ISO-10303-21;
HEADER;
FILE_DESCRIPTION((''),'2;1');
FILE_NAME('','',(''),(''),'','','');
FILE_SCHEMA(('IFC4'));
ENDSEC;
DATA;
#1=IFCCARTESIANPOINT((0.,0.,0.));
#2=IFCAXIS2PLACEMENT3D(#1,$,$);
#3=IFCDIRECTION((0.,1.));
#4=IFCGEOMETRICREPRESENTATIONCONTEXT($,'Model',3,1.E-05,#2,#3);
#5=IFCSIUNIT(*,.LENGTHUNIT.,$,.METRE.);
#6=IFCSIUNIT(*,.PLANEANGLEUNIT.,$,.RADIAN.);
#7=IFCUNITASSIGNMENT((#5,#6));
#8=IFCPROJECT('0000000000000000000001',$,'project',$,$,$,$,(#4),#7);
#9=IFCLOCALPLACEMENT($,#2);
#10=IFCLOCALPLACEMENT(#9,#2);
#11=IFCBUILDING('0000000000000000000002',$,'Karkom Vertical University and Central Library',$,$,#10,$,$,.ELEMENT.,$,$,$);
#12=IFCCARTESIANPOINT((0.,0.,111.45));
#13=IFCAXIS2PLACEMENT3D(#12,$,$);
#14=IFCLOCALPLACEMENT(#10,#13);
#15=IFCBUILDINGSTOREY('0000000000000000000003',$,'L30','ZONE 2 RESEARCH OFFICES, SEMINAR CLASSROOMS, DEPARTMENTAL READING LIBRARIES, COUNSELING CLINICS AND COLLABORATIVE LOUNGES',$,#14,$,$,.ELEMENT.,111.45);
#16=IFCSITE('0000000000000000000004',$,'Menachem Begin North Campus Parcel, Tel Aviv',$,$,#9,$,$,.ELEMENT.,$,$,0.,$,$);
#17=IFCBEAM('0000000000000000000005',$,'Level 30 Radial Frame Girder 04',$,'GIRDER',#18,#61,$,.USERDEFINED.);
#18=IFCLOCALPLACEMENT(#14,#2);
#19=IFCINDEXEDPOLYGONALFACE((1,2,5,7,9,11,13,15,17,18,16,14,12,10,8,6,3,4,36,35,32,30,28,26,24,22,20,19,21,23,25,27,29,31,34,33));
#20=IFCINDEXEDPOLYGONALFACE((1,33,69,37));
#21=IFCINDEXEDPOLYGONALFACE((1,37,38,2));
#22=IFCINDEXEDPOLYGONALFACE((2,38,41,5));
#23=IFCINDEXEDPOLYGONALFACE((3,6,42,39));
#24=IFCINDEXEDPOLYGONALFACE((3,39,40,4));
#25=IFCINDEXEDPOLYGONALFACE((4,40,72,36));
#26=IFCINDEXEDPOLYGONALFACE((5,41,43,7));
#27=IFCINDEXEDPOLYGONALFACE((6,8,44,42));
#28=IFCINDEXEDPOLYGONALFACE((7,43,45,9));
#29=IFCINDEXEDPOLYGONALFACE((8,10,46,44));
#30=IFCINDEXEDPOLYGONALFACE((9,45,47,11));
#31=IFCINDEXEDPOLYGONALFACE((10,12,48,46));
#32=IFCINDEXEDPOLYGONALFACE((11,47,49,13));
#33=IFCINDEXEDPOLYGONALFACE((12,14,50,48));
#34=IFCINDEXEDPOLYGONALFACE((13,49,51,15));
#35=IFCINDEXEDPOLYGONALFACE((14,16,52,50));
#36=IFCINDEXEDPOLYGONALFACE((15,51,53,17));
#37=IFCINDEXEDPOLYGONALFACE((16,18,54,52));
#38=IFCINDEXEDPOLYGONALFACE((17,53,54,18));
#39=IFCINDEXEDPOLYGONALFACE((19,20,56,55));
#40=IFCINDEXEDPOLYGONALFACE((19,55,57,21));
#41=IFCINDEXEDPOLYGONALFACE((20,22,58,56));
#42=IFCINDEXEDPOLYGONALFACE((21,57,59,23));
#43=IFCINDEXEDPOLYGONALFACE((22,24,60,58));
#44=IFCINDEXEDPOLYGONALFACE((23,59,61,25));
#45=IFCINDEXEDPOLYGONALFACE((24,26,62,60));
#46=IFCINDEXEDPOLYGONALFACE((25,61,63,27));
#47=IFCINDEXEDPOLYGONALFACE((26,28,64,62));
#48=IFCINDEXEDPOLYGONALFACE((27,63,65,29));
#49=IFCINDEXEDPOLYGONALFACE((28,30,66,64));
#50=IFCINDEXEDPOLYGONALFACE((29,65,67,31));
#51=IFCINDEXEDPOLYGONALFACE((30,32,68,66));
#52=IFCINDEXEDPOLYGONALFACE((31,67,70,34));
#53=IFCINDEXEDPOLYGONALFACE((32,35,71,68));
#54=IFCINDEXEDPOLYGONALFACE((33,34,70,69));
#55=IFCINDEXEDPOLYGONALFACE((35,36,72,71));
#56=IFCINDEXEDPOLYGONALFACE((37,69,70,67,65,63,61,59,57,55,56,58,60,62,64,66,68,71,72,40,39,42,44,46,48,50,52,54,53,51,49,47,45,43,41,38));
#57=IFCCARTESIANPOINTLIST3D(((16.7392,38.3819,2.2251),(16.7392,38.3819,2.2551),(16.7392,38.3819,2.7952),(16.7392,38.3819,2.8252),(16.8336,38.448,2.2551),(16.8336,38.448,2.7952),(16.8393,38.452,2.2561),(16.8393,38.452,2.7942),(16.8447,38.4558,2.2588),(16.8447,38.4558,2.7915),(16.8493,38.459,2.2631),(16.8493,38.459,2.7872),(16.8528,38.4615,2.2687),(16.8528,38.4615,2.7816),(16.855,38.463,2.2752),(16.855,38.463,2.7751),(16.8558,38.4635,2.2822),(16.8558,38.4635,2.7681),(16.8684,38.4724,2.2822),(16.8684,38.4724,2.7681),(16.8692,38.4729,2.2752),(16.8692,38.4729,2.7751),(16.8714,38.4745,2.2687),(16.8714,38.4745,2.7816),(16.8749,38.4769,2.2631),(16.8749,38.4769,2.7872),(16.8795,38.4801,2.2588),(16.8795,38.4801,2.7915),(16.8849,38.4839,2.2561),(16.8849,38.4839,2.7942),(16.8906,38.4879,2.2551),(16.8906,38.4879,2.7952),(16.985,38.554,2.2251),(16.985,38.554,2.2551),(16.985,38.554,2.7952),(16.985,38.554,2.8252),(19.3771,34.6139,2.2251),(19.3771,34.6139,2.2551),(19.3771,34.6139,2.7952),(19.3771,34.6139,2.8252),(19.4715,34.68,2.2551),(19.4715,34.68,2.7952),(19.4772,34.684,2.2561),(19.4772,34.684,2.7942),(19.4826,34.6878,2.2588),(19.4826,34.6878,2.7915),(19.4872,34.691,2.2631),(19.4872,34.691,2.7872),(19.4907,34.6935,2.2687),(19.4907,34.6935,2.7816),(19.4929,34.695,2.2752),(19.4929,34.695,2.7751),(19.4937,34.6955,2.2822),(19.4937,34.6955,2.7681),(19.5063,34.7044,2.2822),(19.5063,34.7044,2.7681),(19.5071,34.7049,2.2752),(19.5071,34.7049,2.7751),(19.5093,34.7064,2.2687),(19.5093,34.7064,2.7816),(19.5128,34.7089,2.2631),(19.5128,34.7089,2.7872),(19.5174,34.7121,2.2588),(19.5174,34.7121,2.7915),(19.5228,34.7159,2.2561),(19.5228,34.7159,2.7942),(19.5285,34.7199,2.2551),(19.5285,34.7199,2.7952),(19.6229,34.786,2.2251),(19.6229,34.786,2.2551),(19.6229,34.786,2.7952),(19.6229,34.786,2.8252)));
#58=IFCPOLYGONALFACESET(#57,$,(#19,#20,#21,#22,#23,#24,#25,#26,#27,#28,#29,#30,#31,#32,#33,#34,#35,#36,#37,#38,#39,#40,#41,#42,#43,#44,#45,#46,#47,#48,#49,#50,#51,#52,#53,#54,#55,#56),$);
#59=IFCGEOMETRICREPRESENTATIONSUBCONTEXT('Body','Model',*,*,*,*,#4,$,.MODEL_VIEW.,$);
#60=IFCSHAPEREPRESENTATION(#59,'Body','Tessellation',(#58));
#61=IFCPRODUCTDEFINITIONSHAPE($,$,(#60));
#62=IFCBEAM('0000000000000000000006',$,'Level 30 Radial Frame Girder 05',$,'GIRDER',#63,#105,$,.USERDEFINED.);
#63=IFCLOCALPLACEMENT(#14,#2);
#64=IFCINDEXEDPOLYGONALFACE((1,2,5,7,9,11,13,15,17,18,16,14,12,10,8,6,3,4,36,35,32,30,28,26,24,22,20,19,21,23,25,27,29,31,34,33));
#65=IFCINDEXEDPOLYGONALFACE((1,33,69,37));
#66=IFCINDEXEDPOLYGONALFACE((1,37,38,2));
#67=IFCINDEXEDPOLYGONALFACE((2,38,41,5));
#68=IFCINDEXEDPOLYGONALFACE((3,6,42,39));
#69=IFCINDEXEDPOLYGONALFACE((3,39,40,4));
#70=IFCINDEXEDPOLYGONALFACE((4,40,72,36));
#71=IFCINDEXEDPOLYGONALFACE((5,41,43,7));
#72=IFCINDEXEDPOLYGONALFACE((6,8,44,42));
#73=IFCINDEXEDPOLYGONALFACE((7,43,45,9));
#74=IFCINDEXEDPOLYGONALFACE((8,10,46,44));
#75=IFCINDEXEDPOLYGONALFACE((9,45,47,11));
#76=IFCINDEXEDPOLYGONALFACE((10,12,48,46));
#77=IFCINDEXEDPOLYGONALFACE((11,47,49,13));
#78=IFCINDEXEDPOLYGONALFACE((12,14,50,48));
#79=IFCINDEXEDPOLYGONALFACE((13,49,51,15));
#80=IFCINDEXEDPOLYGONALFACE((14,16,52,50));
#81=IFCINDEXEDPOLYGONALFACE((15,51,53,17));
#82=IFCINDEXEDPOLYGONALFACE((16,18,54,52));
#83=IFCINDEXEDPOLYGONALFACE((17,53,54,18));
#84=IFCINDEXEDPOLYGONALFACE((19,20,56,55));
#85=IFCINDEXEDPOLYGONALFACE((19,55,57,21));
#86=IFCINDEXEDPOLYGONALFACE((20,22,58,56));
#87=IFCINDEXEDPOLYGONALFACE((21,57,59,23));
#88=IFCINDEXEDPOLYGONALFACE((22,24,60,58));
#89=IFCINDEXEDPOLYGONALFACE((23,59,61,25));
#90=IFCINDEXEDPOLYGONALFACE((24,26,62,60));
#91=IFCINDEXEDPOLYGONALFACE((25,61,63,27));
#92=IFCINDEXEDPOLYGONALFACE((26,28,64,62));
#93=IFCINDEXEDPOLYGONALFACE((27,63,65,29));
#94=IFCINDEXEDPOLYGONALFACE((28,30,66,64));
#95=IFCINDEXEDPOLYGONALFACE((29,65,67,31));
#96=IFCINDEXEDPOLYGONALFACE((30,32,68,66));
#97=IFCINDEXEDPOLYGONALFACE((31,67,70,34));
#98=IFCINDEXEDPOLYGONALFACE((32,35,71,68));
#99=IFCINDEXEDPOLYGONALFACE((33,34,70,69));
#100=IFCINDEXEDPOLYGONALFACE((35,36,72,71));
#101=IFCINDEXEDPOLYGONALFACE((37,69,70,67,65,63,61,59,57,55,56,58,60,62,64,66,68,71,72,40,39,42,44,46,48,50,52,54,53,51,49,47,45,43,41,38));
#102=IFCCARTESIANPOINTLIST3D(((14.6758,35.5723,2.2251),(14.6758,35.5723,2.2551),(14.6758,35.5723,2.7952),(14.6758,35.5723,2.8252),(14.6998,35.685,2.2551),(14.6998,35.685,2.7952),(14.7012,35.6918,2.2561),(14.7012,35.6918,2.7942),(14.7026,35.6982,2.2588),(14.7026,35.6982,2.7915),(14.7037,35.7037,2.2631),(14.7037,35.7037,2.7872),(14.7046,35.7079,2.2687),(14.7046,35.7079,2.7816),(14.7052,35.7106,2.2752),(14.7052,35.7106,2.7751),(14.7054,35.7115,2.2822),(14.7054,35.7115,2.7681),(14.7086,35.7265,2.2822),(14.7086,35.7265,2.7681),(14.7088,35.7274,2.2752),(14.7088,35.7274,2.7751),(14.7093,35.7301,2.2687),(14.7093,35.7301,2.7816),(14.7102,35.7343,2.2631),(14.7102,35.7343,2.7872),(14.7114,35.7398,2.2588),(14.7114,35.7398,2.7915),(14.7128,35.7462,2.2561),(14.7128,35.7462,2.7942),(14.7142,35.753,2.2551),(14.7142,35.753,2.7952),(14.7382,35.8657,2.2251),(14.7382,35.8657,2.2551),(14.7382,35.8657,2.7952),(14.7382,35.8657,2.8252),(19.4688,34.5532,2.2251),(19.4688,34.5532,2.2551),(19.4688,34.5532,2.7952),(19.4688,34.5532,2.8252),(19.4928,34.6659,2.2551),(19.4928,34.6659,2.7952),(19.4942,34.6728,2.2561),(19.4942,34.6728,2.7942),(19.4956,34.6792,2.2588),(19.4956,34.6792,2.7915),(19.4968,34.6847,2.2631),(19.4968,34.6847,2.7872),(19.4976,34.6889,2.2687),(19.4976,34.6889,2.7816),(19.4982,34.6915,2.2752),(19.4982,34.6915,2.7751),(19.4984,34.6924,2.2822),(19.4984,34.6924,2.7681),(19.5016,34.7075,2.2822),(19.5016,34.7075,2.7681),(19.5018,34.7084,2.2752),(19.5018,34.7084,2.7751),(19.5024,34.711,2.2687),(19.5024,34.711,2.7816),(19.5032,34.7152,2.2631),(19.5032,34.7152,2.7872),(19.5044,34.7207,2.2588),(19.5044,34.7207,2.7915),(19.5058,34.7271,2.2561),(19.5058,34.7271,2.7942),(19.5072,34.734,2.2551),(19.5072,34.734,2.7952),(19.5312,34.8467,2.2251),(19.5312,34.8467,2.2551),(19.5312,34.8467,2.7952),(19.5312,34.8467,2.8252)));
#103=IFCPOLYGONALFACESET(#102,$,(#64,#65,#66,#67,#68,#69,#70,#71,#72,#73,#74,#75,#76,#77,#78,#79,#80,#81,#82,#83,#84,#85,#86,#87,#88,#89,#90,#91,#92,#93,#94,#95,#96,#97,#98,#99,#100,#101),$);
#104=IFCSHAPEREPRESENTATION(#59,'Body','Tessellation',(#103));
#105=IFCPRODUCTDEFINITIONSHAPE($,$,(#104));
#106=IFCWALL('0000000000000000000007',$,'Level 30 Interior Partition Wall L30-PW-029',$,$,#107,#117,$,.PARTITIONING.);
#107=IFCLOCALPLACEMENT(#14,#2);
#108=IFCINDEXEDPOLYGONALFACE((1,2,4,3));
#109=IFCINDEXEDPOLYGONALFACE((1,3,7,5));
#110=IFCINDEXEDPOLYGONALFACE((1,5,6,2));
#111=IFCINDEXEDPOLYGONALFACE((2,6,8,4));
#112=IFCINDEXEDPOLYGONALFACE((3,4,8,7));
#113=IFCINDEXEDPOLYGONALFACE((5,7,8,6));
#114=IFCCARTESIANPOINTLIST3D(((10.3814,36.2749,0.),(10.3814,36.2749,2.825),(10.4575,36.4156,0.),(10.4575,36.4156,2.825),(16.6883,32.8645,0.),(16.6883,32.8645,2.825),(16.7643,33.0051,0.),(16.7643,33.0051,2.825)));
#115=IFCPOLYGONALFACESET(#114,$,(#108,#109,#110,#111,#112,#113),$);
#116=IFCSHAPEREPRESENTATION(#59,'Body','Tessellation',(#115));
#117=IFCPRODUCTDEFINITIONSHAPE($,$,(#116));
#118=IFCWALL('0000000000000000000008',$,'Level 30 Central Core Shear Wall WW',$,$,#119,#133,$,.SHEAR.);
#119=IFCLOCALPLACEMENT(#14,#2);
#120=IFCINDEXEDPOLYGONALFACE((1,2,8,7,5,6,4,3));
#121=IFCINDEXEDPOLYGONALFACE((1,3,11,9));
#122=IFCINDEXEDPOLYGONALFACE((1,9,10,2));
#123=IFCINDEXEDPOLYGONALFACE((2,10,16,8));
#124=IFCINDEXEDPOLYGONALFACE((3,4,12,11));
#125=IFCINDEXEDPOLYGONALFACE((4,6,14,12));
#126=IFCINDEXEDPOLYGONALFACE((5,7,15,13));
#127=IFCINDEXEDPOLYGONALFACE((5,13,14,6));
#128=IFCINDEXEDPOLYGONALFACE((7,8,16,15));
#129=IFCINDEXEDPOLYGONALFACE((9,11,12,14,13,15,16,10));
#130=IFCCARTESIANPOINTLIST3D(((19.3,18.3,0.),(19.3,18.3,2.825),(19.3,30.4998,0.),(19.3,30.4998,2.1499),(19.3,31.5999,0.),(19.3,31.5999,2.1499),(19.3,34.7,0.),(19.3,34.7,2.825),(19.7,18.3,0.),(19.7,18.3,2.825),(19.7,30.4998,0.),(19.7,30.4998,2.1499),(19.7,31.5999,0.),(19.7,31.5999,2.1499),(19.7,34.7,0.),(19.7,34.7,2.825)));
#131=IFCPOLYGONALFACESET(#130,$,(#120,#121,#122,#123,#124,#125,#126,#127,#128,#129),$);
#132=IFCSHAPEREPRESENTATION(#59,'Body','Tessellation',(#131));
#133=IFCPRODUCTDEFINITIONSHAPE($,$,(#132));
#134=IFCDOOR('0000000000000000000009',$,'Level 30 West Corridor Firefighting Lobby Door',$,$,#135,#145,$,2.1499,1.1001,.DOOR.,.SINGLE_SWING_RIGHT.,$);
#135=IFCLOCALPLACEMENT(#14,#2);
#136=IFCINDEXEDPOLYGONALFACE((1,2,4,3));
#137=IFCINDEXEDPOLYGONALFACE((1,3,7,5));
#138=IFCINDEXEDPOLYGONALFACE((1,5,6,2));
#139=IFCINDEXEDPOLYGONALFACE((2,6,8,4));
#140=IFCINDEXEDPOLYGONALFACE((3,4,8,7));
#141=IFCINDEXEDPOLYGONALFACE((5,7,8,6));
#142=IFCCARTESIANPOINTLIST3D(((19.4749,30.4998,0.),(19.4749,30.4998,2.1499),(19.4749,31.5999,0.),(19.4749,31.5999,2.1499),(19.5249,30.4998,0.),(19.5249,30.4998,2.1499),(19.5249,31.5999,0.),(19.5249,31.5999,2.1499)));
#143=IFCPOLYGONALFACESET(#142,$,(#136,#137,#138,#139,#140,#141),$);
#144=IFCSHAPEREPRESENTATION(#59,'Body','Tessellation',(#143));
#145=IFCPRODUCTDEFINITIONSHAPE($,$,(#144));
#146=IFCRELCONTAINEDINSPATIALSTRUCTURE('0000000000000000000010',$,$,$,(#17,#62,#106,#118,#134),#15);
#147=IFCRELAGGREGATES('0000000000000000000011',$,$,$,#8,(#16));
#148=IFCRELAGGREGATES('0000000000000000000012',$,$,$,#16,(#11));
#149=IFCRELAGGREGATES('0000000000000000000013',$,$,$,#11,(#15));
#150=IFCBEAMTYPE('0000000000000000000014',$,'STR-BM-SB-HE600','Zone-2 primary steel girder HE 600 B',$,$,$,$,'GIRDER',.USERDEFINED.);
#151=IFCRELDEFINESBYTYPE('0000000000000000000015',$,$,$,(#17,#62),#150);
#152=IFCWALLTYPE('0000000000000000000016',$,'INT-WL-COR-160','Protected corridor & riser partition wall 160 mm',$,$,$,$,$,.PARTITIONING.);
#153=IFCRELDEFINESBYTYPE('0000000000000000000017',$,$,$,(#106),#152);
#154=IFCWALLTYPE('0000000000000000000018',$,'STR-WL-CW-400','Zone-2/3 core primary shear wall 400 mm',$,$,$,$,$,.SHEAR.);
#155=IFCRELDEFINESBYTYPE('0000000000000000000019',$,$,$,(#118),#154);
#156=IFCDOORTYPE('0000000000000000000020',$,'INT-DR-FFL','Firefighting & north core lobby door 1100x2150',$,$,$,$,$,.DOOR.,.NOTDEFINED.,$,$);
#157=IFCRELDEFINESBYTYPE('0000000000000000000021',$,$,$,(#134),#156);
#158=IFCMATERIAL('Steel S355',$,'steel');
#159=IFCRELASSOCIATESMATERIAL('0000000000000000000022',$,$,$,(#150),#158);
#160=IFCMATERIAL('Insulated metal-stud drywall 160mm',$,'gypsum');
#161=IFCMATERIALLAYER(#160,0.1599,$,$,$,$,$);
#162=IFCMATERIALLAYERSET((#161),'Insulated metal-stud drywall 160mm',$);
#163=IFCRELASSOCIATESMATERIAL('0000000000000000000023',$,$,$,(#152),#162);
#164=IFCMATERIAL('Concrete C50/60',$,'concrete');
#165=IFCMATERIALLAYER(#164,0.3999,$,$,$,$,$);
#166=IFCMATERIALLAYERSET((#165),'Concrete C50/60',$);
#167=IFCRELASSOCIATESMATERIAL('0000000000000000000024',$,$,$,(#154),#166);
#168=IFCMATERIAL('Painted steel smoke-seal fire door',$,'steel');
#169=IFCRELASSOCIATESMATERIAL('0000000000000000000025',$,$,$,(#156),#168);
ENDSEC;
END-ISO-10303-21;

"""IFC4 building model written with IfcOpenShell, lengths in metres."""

from ifc_helpers import new_model, si_unit, direction, frame, frame_2d, origin, origin_with_axes, origin_2d, place, context, subcontext, project, spatial, rectangle, i_section, extrude, source, transform, mapped, material, layer, layer_set, material_profile, profile_set, type_object, element, fill, save


model = new_model("IFC4")

# Units and contexts
model_context = context("Model", 3, precision=1e-05, world=origin(), true_north=direction((0.0, 1.0)))
body_context = subcontext(model_context, "Body", "Model", "MODEL_VIEW")
ifc_project = project(units=[si_unit("LENGTHUNIT", "METRE"), si_unit("PLANEANGLEUNIT", "RADIAN")], contexts=[model_context])

# Site, building, storey
site_placement = place(None, origin())
site = spatial("IfcSite", under=ifc_project, at=site_placement, Name="Menachem Begin North Campus Parcel, Tel Aviv", CompositionType="ELEMENT", RefElevation=0.0)
building_placement = place(site_placement, origin())
building = spatial("IfcBuilding", under=site, at=building_placement, Name="Karkom Vertical University and Central Library", CompositionType="ELEMENT")
storey_placement = place(building_placement, frame((0.0, 0.0, 111.45)))
storey = spatial("IfcBuildingStorey", under=building, at=storey_placement, Name="L30", Description="ZONE 2 RESEARCH OFFICES, SEMINAR CLASSROOMS, DEPARTMENTAL READING LIBRARIES, COUNSELING CLINICS AND COLLABORATIVE LOUNGES", CompositionType="ELEMENT", Elevation=111.45)

# Shared definitions
ifc_material_1 = material(Name="Concrete C50/60", Category="concrete")

# Beams
ifc_material_2 = material(Name="Steel S355", Category="steel")
ifc_material_profile_1 = material_profile(ifc_material_2, i_section(OverallWidth=0.3, OverallDepth=0.6001, WebThickness=0.0154, FlangeThickness=0.03, FilletRadius=0.0271, at=origin_2d()), Name="HE 600 B")
ifc_profile_set_1 = profile_set([ifc_material_profile_1], Name="Steel S355")
beam_type_1 = type_object("IfcBeamType", Name="STR-BM-SB-HE600", Description="Zone-2 primary steel girder HE 600 B", ElementType="GIRDER", PredefinedType="USERDEFINED", material=ifc_profile_set_1)
shared_shape_1 = source(origin_with_axes(), body_context, "Body", "SweptSolid", [
    extrude(i_section(OverallWidth=0.3, OverallDepth=0.6001, WebThickness=0.0154, FlangeThickness=0.03, FilletRadius=0.0271, at=origin_2d()), origin(), (0.0, 0.0, 1.0), 4.5996),
])
beam_1_placement = place(storey_placement, frame((19.5, 34.7, 2.5251), z_axis=(-0.573505, 0.819202, 0.0), x_axis=(-0.819202, -0.573505, 0.0)))
element("IfcBeam", 1, at=beam_1_placement, inside=storey, type_object=beam_type_1, Name="Level 30 Radial Frame Girder 04", ObjectType="GIRDER", PredefinedType="USERDEFINED", context=body_context, shape_type="MappedRepresentation", body=[
    mapped(shared_shape_1, transform((0.0, 0.0, 0.0), scale=1.0)),
])
shared_shape_2 = source(origin_with_axes(), body_context, "Body", "SweptSolid", [
    extrude(i_section(OverallWidth=0.3, OverallDepth=0.6001, WebThickness=0.0154, FlangeThickness=0.03, FilletRadius=0.0271, at=origin_2d()), origin(), (0.0, 0.0, 1.0), 4.9001),
])
beam_2_placement = place(storey_placement, frame((19.5, 34.7, 2.5251), z_axis=(-0.978137, 0.207964, 0.0), x_axis=(-0.207964, -0.978137, 0.0)))
element("IfcBeam", 2, at=beam_2_placement, inside=storey, type_object=beam_type_1, Name="Level 30 Radial Frame Girder 05", ObjectType="GIRDER", PredefinedType="USERDEFINED", context=body_context, shape_type="MappedRepresentation", body=[
    mapped(shared_shape_2, transform((0.0, 0.0, 0.0), scale=1.0)),
])

# Wall
ifc_material_3 = material(Name="Insulated metal-stud drywall 160mm", Category="gypsum")
ifc_layer_1 = layer(ifc_material_3, 0.1599)
ifc_layer_set_1 = layer_set([ifc_layer_1], Name="Insulated metal-stud drywall 160mm")
wall_type_1 = type_object("IfcWallType", Name="INT-WL-COR-160", Description="Protected corridor & riser partition wall 160 mm", PredefinedType="PARTITIONING", material=ifc_layer_set_1)
wall_1_placement = place(storey_placement, frame((16.7263, 32.9348, 0.0), z_axis=(0.0, 0.0, 1.0), x_axis=(-0.879632, 0.475654, 0.0)))
element("IfcWall", 3, at=wall_1_placement, inside=storey, type_object=wall_type_1, Name="Level 30 Interior Partition Wall L30-PW-029", PredefinedType="PARTITIONING", context=body_context, shape_type="SweptSolid", body=[
    extrude(rectangle(XDim=7.1699, YDim=0.1599, at=frame_2d((3.585, 0.0))), origin(), (0.0, 0.0, 1.0), 2.825),
])

# Wall, opening, door
ifc_layer_2 = layer(ifc_material_1, 0.3999)
ifc_layer_set_2 = layer_set([ifc_layer_2], Name="Concrete C50/60")
wall_type_2 = type_object("IfcWallType", Name="STR-WL-CW-400", Description="Zone-2/3 core primary shear wall 400 mm", PredefinedType="SHEAR", material=ifc_layer_set_2)
ifc_material_4 = material(Name="Painted steel smoke-seal fire door", Category="steel")
door_type = type_object("IfcDoorType", Name="INT-DR-FFL", Description="Firefighting & north core lobby door 1100x2150", OperationType="NOTDEFINED", PredefinedType="DOOR", material=ifc_material_4)
shared_shape_3 = source(origin_with_axes(), body_context, "Body", "SweptSolid", [
    extrude(rectangle(XDim=1.1001, YDim=2.1499, at=frame_2d((0.55, 1.075))), frame((0.0, 0.0249, 0.0), z_axis=(0.0, -1.0, 0.0), x_axis=(1.0, 0.0, 0.0)), (0.0, 0.0, 1.0), 0.05),
])
wall_2_placement = place(storey_placement, frame((19.5, 34.7, 0.0), z_axis=(0.0, 0.0, 1.0), x_axis=(0.0, -1.0, 0.0)))
wall_2 = element("IfcWall", 4, at=wall_2_placement, inside=storey, type_object=wall_type_2, Name="Level 30 Central Core Shear Wall WW", PredefinedType="SHEAR", context=body_context, shape_type="SweptSolid", body=[
    extrude(rectangle(XDim=16.3999, YDim=0.3999, at=frame_2d((8.2, 0.0))), origin(), (0.0, 0.0, 1.0), 2.825),
])
opening_1_placement = place(wall_2_placement, frame((3.1001, 0.0, 0.0)))
opening_1 = element("IfcOpeningElement", 5, at=opening_1_placement, cuts=wall_2, PredefinedType="OPENING", context=body_context, shape_type="SweptSolid", body=[
    extrude(rectangle(XDim=1.1001, YDim=2.1499, at=frame_2d((0.55, 1.075))), frame((0.0, 0.21, 0.0), z_axis=(0.0, -1.0, 0.0), x_axis=(1.0, 0.0, 0.0)), (0.0, 0.0, 1.0), 0.4199),
])
door_1_placement = place(opening_1_placement, origin())
door_1 = element("IfcDoor", 6, at=door_1_placement, inside=storey, type_object=door_type, Name="Level 30 West Corridor Firefighting Lobby Door", OperationType="SINGLE_SWING_RIGHT", OverallHeight=2.1499, OverallWidth=1.1001, PredefinedType="DOOR", context=body_context, shape_type="MappedRepresentation", body=[
    mapped(shared_shape_3, transform((0.0, 0.0, 0.0), scale=1.0)),
])
fill(opening_1, door_1)

save(model, "model.ifc")
